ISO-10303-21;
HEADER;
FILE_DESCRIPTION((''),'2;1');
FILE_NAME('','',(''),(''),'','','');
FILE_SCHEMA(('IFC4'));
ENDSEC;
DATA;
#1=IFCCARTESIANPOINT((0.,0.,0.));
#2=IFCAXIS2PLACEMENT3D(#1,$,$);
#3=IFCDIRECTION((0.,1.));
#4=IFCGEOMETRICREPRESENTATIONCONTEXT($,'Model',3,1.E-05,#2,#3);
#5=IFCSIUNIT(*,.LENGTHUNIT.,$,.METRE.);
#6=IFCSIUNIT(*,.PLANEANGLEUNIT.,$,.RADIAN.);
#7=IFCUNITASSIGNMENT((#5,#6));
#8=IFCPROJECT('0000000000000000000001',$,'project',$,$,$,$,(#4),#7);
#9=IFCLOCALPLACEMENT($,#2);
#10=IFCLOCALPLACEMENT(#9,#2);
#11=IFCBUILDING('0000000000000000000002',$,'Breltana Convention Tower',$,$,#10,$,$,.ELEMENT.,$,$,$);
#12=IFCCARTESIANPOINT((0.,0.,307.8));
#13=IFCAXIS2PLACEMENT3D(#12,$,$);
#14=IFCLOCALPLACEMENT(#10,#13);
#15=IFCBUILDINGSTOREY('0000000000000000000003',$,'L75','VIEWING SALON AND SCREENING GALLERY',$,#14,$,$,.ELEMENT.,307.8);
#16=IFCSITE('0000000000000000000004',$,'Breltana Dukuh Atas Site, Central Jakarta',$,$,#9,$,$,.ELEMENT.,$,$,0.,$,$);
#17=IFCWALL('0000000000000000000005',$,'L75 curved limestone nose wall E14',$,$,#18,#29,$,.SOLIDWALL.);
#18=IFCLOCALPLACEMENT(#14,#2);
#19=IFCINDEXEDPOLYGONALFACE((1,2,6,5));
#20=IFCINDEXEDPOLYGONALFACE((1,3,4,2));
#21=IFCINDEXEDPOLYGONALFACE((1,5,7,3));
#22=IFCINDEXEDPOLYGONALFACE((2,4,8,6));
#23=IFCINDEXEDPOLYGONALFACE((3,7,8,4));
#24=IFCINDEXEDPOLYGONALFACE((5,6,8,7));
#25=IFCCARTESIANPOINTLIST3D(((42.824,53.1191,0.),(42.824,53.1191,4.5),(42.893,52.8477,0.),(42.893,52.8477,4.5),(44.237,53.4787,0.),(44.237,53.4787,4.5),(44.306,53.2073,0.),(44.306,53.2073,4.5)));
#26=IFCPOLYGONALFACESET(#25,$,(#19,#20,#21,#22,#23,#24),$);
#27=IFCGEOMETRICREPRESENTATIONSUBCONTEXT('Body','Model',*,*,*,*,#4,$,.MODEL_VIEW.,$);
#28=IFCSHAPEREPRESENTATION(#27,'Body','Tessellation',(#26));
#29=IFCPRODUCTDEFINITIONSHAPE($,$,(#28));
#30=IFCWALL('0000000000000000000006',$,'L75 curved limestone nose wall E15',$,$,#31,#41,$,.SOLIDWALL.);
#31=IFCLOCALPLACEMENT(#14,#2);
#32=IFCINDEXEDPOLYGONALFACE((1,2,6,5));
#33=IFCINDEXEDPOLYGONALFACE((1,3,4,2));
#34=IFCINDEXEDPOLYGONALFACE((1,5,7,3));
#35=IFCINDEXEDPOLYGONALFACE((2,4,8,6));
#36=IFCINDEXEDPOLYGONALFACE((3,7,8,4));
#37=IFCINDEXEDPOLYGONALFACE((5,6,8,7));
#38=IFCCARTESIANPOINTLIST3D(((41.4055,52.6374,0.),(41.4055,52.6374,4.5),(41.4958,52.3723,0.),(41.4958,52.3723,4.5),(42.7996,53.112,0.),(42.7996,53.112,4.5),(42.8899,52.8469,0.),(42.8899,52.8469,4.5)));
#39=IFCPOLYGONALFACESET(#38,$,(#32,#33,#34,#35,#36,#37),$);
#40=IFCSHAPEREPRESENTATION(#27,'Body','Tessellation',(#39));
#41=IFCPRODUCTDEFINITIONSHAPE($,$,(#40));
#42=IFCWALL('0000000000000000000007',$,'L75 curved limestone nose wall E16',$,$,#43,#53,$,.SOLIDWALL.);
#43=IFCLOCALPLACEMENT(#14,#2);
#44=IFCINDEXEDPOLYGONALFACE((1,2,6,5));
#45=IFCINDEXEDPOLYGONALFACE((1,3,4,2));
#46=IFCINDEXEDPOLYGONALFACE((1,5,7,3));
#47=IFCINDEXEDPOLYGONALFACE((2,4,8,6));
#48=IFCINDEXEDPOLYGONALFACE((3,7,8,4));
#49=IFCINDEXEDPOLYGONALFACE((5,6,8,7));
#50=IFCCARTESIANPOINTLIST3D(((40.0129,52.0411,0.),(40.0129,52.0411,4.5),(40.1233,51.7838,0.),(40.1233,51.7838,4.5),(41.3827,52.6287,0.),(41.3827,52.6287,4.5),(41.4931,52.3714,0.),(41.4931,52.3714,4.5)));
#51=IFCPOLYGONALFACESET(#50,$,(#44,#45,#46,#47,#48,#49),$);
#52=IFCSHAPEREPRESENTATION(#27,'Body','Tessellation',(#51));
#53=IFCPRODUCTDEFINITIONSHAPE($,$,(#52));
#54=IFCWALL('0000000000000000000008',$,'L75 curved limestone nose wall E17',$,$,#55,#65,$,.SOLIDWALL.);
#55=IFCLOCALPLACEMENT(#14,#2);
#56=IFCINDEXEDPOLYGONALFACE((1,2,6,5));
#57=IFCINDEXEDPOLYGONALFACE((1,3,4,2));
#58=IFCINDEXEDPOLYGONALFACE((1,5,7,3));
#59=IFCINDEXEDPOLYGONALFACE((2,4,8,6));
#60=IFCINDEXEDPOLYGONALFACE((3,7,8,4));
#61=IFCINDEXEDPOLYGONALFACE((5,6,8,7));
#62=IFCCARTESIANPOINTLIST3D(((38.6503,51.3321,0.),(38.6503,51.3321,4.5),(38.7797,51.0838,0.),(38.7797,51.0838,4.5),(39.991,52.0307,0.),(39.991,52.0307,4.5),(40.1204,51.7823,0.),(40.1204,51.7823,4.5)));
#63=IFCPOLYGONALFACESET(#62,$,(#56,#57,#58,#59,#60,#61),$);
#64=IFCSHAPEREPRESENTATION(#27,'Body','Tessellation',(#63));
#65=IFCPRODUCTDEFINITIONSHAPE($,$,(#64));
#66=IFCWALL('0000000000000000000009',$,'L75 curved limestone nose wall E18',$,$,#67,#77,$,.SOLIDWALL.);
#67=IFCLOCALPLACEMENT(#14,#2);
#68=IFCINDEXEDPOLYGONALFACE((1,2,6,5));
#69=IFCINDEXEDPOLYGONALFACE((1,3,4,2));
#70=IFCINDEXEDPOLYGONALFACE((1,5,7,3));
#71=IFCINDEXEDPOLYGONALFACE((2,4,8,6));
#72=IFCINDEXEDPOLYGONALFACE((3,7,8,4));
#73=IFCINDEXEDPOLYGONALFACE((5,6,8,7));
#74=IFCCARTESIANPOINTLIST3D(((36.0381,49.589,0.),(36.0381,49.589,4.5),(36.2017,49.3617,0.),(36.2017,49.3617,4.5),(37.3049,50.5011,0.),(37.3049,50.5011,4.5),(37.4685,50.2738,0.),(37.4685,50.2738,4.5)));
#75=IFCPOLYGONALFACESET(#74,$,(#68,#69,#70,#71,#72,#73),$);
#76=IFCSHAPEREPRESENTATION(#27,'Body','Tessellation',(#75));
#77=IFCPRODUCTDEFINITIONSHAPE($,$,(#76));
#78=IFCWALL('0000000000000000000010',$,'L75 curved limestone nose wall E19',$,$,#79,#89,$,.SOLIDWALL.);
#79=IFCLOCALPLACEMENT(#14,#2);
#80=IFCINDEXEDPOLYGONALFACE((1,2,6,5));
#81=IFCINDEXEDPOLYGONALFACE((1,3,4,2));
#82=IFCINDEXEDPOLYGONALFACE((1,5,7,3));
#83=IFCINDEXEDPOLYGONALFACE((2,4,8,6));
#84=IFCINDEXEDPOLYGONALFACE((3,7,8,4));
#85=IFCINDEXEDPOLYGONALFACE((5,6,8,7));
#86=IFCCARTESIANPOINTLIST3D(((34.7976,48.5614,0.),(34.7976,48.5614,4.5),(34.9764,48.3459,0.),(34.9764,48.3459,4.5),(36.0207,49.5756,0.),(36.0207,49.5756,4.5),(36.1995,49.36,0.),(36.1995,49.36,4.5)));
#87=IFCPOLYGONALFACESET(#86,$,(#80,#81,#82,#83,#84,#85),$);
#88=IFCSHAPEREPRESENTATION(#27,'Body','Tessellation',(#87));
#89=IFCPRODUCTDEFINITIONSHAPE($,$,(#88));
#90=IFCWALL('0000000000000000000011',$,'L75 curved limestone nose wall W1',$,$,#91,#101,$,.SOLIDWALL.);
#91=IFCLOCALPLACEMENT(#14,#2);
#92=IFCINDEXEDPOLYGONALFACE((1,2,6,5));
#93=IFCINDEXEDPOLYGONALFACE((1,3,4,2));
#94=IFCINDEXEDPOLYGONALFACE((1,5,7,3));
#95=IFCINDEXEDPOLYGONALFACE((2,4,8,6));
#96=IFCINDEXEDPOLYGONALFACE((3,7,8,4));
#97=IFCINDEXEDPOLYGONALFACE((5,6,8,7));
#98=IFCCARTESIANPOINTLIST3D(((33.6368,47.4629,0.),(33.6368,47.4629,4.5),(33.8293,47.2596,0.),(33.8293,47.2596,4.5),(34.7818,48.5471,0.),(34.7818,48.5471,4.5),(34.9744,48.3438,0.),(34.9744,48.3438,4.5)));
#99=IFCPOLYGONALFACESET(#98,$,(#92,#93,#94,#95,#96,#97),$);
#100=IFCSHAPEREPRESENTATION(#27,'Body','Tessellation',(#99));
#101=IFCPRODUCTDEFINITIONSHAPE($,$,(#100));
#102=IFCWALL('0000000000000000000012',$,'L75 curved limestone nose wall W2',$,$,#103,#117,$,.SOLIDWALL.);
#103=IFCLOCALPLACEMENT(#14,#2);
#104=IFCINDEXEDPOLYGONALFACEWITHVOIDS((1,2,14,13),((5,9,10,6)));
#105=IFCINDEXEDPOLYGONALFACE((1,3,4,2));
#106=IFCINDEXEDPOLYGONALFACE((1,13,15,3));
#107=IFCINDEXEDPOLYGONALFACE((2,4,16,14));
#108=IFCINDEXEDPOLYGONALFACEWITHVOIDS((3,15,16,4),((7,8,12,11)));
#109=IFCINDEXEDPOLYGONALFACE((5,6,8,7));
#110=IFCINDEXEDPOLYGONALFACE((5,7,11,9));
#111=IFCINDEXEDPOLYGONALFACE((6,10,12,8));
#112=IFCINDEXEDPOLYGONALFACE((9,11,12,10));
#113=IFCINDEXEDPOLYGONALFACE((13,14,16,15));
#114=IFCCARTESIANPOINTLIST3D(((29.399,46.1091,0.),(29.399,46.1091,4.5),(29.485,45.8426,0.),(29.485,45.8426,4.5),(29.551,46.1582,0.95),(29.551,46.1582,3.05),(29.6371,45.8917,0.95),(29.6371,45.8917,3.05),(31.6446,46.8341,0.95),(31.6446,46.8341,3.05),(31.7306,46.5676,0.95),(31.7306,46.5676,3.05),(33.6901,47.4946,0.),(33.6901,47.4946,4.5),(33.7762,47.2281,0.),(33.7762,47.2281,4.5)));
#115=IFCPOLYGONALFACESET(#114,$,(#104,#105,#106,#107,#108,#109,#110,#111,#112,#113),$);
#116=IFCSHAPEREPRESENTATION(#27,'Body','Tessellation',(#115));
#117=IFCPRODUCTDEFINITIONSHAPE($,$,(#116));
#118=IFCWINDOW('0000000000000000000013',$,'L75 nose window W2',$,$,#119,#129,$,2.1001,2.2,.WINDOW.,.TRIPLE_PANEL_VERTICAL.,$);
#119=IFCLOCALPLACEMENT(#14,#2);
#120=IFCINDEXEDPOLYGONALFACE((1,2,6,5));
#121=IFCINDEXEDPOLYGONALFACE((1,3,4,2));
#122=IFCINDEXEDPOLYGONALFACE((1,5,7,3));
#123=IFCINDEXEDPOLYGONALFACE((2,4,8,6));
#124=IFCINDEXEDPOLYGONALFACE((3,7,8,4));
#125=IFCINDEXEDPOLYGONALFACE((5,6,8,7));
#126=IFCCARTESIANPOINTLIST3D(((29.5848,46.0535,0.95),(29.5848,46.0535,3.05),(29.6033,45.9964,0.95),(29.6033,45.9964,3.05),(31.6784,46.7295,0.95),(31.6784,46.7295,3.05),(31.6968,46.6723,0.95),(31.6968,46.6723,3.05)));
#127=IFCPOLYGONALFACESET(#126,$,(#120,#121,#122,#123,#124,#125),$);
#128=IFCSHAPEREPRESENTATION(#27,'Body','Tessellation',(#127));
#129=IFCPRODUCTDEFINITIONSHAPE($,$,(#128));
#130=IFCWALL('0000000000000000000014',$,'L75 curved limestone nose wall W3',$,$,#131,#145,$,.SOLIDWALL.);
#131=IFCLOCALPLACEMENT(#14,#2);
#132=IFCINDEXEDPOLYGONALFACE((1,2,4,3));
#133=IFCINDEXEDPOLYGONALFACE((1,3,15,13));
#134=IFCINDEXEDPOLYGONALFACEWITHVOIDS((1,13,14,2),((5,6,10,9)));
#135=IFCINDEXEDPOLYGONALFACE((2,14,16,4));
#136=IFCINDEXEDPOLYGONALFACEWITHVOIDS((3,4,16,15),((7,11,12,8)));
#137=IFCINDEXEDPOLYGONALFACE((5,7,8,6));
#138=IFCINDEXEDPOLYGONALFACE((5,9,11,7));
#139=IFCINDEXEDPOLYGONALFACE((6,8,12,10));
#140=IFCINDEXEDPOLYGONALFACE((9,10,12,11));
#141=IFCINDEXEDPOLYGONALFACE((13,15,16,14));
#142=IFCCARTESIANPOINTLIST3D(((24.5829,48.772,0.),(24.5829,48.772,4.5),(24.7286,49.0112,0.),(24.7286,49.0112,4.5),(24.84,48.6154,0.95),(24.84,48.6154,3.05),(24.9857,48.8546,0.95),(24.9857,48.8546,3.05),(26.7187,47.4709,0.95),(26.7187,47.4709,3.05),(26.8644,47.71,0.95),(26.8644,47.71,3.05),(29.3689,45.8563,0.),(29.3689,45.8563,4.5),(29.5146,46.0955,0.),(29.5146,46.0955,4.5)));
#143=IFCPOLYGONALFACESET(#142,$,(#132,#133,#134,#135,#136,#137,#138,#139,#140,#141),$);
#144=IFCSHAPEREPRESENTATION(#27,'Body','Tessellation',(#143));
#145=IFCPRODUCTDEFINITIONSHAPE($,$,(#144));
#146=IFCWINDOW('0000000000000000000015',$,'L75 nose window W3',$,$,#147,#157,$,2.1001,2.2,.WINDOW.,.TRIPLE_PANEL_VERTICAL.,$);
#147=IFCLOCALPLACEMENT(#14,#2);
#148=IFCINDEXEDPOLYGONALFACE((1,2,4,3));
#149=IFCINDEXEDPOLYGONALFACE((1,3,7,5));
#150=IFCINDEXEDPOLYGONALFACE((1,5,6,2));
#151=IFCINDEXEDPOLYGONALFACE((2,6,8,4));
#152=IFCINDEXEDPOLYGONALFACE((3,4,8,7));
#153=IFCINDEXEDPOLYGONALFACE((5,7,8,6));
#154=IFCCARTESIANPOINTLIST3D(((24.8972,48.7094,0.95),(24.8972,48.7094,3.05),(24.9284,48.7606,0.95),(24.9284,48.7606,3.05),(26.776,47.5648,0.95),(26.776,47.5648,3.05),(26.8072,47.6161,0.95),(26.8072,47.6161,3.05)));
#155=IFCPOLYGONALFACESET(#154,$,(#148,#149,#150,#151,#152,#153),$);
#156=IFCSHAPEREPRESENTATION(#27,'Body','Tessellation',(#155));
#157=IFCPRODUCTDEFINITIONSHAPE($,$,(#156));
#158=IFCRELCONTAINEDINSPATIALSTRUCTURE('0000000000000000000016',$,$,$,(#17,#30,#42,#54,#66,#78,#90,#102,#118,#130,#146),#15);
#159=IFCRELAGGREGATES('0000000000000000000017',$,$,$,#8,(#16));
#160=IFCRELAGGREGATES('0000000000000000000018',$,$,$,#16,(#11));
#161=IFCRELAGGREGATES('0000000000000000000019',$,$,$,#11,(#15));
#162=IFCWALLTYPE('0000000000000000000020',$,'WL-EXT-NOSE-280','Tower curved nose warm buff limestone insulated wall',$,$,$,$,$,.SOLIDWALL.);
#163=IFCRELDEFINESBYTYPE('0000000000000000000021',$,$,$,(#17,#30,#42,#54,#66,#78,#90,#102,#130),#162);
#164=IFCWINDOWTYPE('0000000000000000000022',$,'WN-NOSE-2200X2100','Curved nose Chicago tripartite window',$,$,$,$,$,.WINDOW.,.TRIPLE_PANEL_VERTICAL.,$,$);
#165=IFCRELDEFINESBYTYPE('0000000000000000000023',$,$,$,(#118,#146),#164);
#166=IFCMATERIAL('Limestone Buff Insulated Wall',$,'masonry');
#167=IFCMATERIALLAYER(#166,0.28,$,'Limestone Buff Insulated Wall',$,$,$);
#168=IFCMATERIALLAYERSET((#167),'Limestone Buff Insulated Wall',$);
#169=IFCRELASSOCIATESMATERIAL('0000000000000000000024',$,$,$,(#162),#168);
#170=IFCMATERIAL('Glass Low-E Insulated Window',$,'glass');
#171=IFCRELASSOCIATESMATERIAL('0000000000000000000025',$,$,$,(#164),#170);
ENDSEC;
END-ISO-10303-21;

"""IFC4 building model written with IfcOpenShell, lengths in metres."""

from ifc_helpers import new_model, si_unit, direction, frame, frame_2d, origin, place, context, subcontext, project, spatial, rectangle, extrude, source, transform, mapped, material, layer, layer_set, type_object, type_shapes, element, fill, save


model = new_model("IFC4")

# Units and contexts
model_context = context("Model", 3, precision=1e-05, world=origin(), true_north=direction((0.0, 1.0)))
body_context = subcontext(model_context, "Body", "Model", "MODEL_VIEW")
ifc_project = project(units=[si_unit("LENGTHUNIT", "METRE"), si_unit("PLANEANGLEUNIT", "RADIAN")], contexts=[model_context])

# Site, building, storey
site_placement = place(None, origin())
site = spatial("IfcSite", under=ifc_project, at=site_placement, Name="Breltana Dukuh Atas Site, Central Jakarta", CompositionType="ELEMENT", RefElevation=0.0)
building_placement = place(site_placement, origin())
building = spatial("IfcBuilding", under=site, at=building_placement, Name="Breltana Convention Tower", CompositionType="ELEMENT")
storey_placement = place(building_placement, frame((0.0, 0.0, 307.8)))
storey = spatial("IfcBuildingStorey", under=building, at=storey_placement, Name="L75", Description="VIEWING SALON AND SCREENING GALLERY", CompositionType="ELEMENT", Elevation=307.8)

# Walls
ifc_material_1 = material(Name="Limestone Buff Insulated Wall", Category="masonry")
ifc_layer_1 = layer(ifc_material_1, 0.28, Name="Limestone Buff Insulated Wall")
ifc_layer_set_1 = layer_set([ifc_layer_1], Name="Limestone Buff Insulated Wall")
wall_type_1 = type_object("IfcWallType", Name="WL-EXT-NOSE-280", Description="Tower curved nose warm buff limestone insulated wall", PredefinedType="SOLIDWALL", material=ifc_layer_set_1)
shared_shape_1 = source(origin(), body_context, "Body", "SweptSolid", [
    extrude(rectangle(XDim=1.458, YDim=0.28, at=frame_2d((0.729, 0.0))), origin(), (0.0, 0.0, 1.0), 4.5),
])
wall_1_placement = place(storey_placement, frame((44.2715, 53.343, 0.0), z_axis=(0.0, 0.0, 1.0), x_axis=(-0.96911, -0.246631, 0.0)))
element("IfcWall", 1, at=wall_1_placement, inside=storey, type_object=wall_type_1, Name="L75 curved limestone nose wall E14", PredefinedType="SOLIDWALL", context=body_context, shape_type="MappedRepresentation", body=[
    mapped(shared_shape_1, transform((0.0, 0.0, 0.0), scale=1.0)),
])
shared_shape_2 = source(origin(), body_context, "Body", "SweptSolid", [
    extrude(rectangle(XDim=1.4727, YDim=0.28, at=frame_2d((0.7363, 0.0))), origin(), (0.0, 0.0, 1.0), 4.5),
])
wall_2_placement = place(storey_placement, frame((42.8447, 52.9795, 0.0), z_axis=(0.0, 0.0, 1.0), x_axis=(-0.946641, -0.322289, 0.0)))
element("IfcWall", 2, at=wall_2_placement, inside=storey, type_object=wall_type_1, Name="L75 curved limestone nose wall E15", PredefinedType="SOLIDWALL", context=body_context, shape_type="MappedRepresentation", body=[
    mapped(shared_shape_2, transform((0.0, 0.0, 0.0), scale=1.0)),
])
shared_shape_3 = source(origin(), body_context, "Body", "SweptSolid", [
    extrude(rectangle(XDim=1.4905, YDim=0.28, at=frame_2d((0.7451, 0.0))), origin(), (0.0, 0.0, 1.0), 4.5),
])
wall_3_placement = place(storey_placement, frame((41.4377, 52.5, 0.0), z_axis=(0.0, 0.0, 1.0), x_axis=(-0.919009, -0.394236, 0.0)))
element("IfcWall", 3, at=wall_3_placement, inside=storey, type_object=wall_type_1, Name="L75 curved limestone nose wall E16", PredefinedType="SOLIDWALL", context=body_context, shape_type="MappedRepresentation", body=[
    mapped(shared_shape_3, transform((0.0, 0.0, 0.0), scale=1.0)),
])
shared_shape_4 = source(origin(), body_context, "Body", "SweptSolid", [
    extrude(rectangle(XDim=1.5117, YDim=0.28, at=frame_2d((0.7559, 0.0))), origin(), (0.0, 0.0, 1.0), 4.5),
])
wall_4_placement = place(storey_placement, frame((40.0557, 51.9065, 0.0), z_axis=(0.0, 0.0, 1.0), x_axis=(-0.886841, -0.462075, 0.0)))
element("IfcWall", 4, at=wall_4_placement, inside=storey, type_object=wall_type_1, Name="L75 curved limestone nose wall E17", PredefinedType="SOLIDWALL", context=body_context, shape_type="MappedRepresentation", body=[
    mapped(shared_shape_4, transform((0.0, 0.0, 0.0), scale=1.0)),
])
shared_shape_5 = source(origin(), body_context, "Body", "SweptSolid", [
    extrude(rectangle(XDim=1.561, YDim=0.28, at=frame_2d((0.7805, 0.0))), origin(), (0.0, 0.0, 1.0), 4.5),
])
wall_5_placement = place(storey_placement, frame((37.3867, 50.3875, 0.0), z_axis=(0.0, 0.0, 1.0), x_axis=(-0.81154, -0.584296, 0.0)))
element("IfcWall", 5, at=wall_5_placement, inside=storey, type_object=wall_type_1, Name="L75 curved limestone nose wall E18", PredefinedType="SOLIDWALL", context=body_context, shape_type="MappedRepresentation", body=[
    mapped(shared_shape_5, transform((0.0, 0.0, 0.0), scale=1.0)),
])
shared_shape_6 = source(origin(), body_context, "Body", "SweptSolid", [
    extrude(rectangle(XDim=1.5889, YDim=0.28, at=frame_2d((0.7944, 0.0))), origin(), (0.0, 0.0, 1.0), 4.5),
])
wall_6_placement = place(storey_placement, frame((36.1101, 49.4678, 0.0), z_axis=(0.0, 0.0, 1.0), x_axis=(-0.769806, -0.638278, 0.0)))
element("IfcWall", 6, at=wall_6_placement, inside=storey, type_object=wall_type_1, Name="L75 curved limestone nose wall E19", PredefinedType="SOLIDWALL", context=body_context, shape_type="MappedRepresentation", body=[
    mapped(shared_shape_6, transform((0.0, 0.0, 0.0), scale=1.0)),
])
shared_shape_7 = source(origin(), body_context, "Body", "SweptSolid", [
    extrude(rectangle(XDim=1.5769, YDim=0.28, at=frame_2d((0.7886, 0.0))), origin(), (0.0, 0.0, 1.0), 4.5),
])
wall_7_placement = place(storey_placement, frame((34.8782, 48.4456, 0.0), z_axis=(0.0, 0.0, 1.0), x_axis=(-0.726119, -0.687569, 0.0)))
element("IfcWall", 7, at=wall_7_placement, inside=storey, type_object=wall_type_1, Name="L75 curved limestone nose wall W1", PredefinedType="SOLIDWALL", context=body_context, shape_type="MappedRepresentation", body=[
    mapped(shared_shape_7, transform((0.0, 0.0, 0.0), scale=1.0)),
])

# Walls, openings, windows
shared_shape_8 = source(origin(), body_context, "Body", "SweptSolid", [
    extrude(rectangle(XDim=4.5093, YDim=0.28, at=frame_2d((2.2546, 0.0))), origin(), (0.0, 0.0, 1.0), 4.5),
])
wall_8_placement = place(storey_placement, frame((33.7332, 47.3613, 0.0), z_axis=(0.0, 0.0, 1.0), x_axis=(-0.951629, -0.307248, 0.0)))
wall_8 = element("IfcWall", 8, at=wall_8_placement, inside=storey, type_object=wall_type_1, Name="L75 curved limestone nose wall W2", PredefinedType="SOLIDWALL", context=body_context, shape_type="MappedRepresentation", body=[
    mapped(shared_shape_8, transform((0.0, 0.0, 0.0), scale=1.0)),
])
opening_1_placement = place(wall_8_placement, frame((2.1494, 0.0, 0.95)))
opening_1 = element("IfcOpeningElement", 9, at=opening_1_placement, cuts=wall_8, PredefinedType="OPENING", context=body_context, shape_type="SweptSolid", body=[
    extrude(rectangle(XDim=2.2, YDim=2.1001, at=frame_2d((1.1001, 1.05))), frame((0.0, 0.1499, 0.0), z_axis=(0.0, -1.0, 0.0), x_axis=(1.0, 0.0, 0.0)), (0.0, 0.0, 1.0), 0.3),
])
ifc_material_2 = material(Name="Glass Low-E Insulated Window", Category="glass")
window_type = type_object("IfcWindowType", Name="WN-NOSE-2200X2100", Description="Curved nose Chicago tripartite window", PartitioningType="TRIPLE_PANEL_VERTICAL", PredefinedType="WINDOW", material=ifc_material_2)
shared_shape_9 = source(origin(), body_context, "Body", "SweptSolid", [
    extrude(rectangle(XDim=2.2, YDim=2.1001, at=frame_2d((1.1001, 1.05))), frame((0.0, 0.03, 0.0), z_axis=(0.0, -1.0, 0.0), x_axis=(1.0, 0.0, 0.0)), (0.0, 0.0, 1.0), 0.0601),
])
type_shapes(window_type, [shared_shape_9])
window_1_placement = place(opening_1_placement, origin())
window_1 = element("IfcWindow", 10, at=window_1_placement, inside=storey, type_object=window_type, Name="L75 nose window W2", OverallHeight=2.1001, OverallWidth=2.2, PartitioningType="TRIPLE_PANEL_VERTICAL", PredefinedType="WINDOW", context=body_context, shape_type="MappedRepresentation", body=[
    mapped(shared_shape_9, transform((0.0, 0.0, 0.0), scale=1.0)),
])
fill(opening_1, window_1)
shared_shape_10 = source(origin(), body_context, "Body", "SweptSolid", [
    extrude(rectangle(XDim=5.6042, YDim=0.28, at=frame_2d((2.8022, 0.0))), origin(), (0.0, 0.0, 1.0), 4.5),
])
wall_9_placement = place(storey_placement, frame((29.4419, 45.9758, 0.0), z_axis=(0.0, 0.0, 1.0), x_axis=(-0.854002, 0.520269, 0.0)))
wall_9 = element("IfcWall", 11, at=wall_9_placement, inside=storey, type_object=wall_type_1, Name="L75 curved limestone nose wall W3", PredefinedType="SOLIDWALL", context=body_context, shape_type="MappedRepresentation", body=[
    mapped(shared_shape_10, transform((0.0, 0.0, 0.0), scale=1.0)),
])
opening_2_placement = place(wall_9_placement, frame((3.1033, 0.0, 0.95)))
opening_2 = element("IfcOpeningElement", 12, at=opening_2_placement, cuts=wall_9, PredefinedType="OPENING", context=body_context, shape_type="SweptSolid", body=[
    extrude(rectangle(XDim=2.2, YDim=2.1001, at=frame_2d((1.1001, 1.05))), frame((0.0, 0.1499, 0.0), z_axis=(0.0, -1.0, 0.0), x_axis=(1.0, 0.0, 0.0)), (0.0, 0.0, 1.0), 0.3),
])
window_2_placement = place(opening_2_placement, origin())
window_2 = element("IfcWindow", 13, at=window_2_placement, inside=storey, type_object=window_type, Name="L75 nose window W3", OverallHeight=2.1001, OverallWidth=2.2, PartitioningType="TRIPLE_PANEL_VERTICAL", PredefinedType="WINDOW", context=body_context, shape_type="MappedRepresentation", body=[
    mapped(shared_shape_9, transform((0.0, 0.0, 0.0), scale=1.0)),
])
fill(opening_2, window_2)

save(model, "model.ifc")
